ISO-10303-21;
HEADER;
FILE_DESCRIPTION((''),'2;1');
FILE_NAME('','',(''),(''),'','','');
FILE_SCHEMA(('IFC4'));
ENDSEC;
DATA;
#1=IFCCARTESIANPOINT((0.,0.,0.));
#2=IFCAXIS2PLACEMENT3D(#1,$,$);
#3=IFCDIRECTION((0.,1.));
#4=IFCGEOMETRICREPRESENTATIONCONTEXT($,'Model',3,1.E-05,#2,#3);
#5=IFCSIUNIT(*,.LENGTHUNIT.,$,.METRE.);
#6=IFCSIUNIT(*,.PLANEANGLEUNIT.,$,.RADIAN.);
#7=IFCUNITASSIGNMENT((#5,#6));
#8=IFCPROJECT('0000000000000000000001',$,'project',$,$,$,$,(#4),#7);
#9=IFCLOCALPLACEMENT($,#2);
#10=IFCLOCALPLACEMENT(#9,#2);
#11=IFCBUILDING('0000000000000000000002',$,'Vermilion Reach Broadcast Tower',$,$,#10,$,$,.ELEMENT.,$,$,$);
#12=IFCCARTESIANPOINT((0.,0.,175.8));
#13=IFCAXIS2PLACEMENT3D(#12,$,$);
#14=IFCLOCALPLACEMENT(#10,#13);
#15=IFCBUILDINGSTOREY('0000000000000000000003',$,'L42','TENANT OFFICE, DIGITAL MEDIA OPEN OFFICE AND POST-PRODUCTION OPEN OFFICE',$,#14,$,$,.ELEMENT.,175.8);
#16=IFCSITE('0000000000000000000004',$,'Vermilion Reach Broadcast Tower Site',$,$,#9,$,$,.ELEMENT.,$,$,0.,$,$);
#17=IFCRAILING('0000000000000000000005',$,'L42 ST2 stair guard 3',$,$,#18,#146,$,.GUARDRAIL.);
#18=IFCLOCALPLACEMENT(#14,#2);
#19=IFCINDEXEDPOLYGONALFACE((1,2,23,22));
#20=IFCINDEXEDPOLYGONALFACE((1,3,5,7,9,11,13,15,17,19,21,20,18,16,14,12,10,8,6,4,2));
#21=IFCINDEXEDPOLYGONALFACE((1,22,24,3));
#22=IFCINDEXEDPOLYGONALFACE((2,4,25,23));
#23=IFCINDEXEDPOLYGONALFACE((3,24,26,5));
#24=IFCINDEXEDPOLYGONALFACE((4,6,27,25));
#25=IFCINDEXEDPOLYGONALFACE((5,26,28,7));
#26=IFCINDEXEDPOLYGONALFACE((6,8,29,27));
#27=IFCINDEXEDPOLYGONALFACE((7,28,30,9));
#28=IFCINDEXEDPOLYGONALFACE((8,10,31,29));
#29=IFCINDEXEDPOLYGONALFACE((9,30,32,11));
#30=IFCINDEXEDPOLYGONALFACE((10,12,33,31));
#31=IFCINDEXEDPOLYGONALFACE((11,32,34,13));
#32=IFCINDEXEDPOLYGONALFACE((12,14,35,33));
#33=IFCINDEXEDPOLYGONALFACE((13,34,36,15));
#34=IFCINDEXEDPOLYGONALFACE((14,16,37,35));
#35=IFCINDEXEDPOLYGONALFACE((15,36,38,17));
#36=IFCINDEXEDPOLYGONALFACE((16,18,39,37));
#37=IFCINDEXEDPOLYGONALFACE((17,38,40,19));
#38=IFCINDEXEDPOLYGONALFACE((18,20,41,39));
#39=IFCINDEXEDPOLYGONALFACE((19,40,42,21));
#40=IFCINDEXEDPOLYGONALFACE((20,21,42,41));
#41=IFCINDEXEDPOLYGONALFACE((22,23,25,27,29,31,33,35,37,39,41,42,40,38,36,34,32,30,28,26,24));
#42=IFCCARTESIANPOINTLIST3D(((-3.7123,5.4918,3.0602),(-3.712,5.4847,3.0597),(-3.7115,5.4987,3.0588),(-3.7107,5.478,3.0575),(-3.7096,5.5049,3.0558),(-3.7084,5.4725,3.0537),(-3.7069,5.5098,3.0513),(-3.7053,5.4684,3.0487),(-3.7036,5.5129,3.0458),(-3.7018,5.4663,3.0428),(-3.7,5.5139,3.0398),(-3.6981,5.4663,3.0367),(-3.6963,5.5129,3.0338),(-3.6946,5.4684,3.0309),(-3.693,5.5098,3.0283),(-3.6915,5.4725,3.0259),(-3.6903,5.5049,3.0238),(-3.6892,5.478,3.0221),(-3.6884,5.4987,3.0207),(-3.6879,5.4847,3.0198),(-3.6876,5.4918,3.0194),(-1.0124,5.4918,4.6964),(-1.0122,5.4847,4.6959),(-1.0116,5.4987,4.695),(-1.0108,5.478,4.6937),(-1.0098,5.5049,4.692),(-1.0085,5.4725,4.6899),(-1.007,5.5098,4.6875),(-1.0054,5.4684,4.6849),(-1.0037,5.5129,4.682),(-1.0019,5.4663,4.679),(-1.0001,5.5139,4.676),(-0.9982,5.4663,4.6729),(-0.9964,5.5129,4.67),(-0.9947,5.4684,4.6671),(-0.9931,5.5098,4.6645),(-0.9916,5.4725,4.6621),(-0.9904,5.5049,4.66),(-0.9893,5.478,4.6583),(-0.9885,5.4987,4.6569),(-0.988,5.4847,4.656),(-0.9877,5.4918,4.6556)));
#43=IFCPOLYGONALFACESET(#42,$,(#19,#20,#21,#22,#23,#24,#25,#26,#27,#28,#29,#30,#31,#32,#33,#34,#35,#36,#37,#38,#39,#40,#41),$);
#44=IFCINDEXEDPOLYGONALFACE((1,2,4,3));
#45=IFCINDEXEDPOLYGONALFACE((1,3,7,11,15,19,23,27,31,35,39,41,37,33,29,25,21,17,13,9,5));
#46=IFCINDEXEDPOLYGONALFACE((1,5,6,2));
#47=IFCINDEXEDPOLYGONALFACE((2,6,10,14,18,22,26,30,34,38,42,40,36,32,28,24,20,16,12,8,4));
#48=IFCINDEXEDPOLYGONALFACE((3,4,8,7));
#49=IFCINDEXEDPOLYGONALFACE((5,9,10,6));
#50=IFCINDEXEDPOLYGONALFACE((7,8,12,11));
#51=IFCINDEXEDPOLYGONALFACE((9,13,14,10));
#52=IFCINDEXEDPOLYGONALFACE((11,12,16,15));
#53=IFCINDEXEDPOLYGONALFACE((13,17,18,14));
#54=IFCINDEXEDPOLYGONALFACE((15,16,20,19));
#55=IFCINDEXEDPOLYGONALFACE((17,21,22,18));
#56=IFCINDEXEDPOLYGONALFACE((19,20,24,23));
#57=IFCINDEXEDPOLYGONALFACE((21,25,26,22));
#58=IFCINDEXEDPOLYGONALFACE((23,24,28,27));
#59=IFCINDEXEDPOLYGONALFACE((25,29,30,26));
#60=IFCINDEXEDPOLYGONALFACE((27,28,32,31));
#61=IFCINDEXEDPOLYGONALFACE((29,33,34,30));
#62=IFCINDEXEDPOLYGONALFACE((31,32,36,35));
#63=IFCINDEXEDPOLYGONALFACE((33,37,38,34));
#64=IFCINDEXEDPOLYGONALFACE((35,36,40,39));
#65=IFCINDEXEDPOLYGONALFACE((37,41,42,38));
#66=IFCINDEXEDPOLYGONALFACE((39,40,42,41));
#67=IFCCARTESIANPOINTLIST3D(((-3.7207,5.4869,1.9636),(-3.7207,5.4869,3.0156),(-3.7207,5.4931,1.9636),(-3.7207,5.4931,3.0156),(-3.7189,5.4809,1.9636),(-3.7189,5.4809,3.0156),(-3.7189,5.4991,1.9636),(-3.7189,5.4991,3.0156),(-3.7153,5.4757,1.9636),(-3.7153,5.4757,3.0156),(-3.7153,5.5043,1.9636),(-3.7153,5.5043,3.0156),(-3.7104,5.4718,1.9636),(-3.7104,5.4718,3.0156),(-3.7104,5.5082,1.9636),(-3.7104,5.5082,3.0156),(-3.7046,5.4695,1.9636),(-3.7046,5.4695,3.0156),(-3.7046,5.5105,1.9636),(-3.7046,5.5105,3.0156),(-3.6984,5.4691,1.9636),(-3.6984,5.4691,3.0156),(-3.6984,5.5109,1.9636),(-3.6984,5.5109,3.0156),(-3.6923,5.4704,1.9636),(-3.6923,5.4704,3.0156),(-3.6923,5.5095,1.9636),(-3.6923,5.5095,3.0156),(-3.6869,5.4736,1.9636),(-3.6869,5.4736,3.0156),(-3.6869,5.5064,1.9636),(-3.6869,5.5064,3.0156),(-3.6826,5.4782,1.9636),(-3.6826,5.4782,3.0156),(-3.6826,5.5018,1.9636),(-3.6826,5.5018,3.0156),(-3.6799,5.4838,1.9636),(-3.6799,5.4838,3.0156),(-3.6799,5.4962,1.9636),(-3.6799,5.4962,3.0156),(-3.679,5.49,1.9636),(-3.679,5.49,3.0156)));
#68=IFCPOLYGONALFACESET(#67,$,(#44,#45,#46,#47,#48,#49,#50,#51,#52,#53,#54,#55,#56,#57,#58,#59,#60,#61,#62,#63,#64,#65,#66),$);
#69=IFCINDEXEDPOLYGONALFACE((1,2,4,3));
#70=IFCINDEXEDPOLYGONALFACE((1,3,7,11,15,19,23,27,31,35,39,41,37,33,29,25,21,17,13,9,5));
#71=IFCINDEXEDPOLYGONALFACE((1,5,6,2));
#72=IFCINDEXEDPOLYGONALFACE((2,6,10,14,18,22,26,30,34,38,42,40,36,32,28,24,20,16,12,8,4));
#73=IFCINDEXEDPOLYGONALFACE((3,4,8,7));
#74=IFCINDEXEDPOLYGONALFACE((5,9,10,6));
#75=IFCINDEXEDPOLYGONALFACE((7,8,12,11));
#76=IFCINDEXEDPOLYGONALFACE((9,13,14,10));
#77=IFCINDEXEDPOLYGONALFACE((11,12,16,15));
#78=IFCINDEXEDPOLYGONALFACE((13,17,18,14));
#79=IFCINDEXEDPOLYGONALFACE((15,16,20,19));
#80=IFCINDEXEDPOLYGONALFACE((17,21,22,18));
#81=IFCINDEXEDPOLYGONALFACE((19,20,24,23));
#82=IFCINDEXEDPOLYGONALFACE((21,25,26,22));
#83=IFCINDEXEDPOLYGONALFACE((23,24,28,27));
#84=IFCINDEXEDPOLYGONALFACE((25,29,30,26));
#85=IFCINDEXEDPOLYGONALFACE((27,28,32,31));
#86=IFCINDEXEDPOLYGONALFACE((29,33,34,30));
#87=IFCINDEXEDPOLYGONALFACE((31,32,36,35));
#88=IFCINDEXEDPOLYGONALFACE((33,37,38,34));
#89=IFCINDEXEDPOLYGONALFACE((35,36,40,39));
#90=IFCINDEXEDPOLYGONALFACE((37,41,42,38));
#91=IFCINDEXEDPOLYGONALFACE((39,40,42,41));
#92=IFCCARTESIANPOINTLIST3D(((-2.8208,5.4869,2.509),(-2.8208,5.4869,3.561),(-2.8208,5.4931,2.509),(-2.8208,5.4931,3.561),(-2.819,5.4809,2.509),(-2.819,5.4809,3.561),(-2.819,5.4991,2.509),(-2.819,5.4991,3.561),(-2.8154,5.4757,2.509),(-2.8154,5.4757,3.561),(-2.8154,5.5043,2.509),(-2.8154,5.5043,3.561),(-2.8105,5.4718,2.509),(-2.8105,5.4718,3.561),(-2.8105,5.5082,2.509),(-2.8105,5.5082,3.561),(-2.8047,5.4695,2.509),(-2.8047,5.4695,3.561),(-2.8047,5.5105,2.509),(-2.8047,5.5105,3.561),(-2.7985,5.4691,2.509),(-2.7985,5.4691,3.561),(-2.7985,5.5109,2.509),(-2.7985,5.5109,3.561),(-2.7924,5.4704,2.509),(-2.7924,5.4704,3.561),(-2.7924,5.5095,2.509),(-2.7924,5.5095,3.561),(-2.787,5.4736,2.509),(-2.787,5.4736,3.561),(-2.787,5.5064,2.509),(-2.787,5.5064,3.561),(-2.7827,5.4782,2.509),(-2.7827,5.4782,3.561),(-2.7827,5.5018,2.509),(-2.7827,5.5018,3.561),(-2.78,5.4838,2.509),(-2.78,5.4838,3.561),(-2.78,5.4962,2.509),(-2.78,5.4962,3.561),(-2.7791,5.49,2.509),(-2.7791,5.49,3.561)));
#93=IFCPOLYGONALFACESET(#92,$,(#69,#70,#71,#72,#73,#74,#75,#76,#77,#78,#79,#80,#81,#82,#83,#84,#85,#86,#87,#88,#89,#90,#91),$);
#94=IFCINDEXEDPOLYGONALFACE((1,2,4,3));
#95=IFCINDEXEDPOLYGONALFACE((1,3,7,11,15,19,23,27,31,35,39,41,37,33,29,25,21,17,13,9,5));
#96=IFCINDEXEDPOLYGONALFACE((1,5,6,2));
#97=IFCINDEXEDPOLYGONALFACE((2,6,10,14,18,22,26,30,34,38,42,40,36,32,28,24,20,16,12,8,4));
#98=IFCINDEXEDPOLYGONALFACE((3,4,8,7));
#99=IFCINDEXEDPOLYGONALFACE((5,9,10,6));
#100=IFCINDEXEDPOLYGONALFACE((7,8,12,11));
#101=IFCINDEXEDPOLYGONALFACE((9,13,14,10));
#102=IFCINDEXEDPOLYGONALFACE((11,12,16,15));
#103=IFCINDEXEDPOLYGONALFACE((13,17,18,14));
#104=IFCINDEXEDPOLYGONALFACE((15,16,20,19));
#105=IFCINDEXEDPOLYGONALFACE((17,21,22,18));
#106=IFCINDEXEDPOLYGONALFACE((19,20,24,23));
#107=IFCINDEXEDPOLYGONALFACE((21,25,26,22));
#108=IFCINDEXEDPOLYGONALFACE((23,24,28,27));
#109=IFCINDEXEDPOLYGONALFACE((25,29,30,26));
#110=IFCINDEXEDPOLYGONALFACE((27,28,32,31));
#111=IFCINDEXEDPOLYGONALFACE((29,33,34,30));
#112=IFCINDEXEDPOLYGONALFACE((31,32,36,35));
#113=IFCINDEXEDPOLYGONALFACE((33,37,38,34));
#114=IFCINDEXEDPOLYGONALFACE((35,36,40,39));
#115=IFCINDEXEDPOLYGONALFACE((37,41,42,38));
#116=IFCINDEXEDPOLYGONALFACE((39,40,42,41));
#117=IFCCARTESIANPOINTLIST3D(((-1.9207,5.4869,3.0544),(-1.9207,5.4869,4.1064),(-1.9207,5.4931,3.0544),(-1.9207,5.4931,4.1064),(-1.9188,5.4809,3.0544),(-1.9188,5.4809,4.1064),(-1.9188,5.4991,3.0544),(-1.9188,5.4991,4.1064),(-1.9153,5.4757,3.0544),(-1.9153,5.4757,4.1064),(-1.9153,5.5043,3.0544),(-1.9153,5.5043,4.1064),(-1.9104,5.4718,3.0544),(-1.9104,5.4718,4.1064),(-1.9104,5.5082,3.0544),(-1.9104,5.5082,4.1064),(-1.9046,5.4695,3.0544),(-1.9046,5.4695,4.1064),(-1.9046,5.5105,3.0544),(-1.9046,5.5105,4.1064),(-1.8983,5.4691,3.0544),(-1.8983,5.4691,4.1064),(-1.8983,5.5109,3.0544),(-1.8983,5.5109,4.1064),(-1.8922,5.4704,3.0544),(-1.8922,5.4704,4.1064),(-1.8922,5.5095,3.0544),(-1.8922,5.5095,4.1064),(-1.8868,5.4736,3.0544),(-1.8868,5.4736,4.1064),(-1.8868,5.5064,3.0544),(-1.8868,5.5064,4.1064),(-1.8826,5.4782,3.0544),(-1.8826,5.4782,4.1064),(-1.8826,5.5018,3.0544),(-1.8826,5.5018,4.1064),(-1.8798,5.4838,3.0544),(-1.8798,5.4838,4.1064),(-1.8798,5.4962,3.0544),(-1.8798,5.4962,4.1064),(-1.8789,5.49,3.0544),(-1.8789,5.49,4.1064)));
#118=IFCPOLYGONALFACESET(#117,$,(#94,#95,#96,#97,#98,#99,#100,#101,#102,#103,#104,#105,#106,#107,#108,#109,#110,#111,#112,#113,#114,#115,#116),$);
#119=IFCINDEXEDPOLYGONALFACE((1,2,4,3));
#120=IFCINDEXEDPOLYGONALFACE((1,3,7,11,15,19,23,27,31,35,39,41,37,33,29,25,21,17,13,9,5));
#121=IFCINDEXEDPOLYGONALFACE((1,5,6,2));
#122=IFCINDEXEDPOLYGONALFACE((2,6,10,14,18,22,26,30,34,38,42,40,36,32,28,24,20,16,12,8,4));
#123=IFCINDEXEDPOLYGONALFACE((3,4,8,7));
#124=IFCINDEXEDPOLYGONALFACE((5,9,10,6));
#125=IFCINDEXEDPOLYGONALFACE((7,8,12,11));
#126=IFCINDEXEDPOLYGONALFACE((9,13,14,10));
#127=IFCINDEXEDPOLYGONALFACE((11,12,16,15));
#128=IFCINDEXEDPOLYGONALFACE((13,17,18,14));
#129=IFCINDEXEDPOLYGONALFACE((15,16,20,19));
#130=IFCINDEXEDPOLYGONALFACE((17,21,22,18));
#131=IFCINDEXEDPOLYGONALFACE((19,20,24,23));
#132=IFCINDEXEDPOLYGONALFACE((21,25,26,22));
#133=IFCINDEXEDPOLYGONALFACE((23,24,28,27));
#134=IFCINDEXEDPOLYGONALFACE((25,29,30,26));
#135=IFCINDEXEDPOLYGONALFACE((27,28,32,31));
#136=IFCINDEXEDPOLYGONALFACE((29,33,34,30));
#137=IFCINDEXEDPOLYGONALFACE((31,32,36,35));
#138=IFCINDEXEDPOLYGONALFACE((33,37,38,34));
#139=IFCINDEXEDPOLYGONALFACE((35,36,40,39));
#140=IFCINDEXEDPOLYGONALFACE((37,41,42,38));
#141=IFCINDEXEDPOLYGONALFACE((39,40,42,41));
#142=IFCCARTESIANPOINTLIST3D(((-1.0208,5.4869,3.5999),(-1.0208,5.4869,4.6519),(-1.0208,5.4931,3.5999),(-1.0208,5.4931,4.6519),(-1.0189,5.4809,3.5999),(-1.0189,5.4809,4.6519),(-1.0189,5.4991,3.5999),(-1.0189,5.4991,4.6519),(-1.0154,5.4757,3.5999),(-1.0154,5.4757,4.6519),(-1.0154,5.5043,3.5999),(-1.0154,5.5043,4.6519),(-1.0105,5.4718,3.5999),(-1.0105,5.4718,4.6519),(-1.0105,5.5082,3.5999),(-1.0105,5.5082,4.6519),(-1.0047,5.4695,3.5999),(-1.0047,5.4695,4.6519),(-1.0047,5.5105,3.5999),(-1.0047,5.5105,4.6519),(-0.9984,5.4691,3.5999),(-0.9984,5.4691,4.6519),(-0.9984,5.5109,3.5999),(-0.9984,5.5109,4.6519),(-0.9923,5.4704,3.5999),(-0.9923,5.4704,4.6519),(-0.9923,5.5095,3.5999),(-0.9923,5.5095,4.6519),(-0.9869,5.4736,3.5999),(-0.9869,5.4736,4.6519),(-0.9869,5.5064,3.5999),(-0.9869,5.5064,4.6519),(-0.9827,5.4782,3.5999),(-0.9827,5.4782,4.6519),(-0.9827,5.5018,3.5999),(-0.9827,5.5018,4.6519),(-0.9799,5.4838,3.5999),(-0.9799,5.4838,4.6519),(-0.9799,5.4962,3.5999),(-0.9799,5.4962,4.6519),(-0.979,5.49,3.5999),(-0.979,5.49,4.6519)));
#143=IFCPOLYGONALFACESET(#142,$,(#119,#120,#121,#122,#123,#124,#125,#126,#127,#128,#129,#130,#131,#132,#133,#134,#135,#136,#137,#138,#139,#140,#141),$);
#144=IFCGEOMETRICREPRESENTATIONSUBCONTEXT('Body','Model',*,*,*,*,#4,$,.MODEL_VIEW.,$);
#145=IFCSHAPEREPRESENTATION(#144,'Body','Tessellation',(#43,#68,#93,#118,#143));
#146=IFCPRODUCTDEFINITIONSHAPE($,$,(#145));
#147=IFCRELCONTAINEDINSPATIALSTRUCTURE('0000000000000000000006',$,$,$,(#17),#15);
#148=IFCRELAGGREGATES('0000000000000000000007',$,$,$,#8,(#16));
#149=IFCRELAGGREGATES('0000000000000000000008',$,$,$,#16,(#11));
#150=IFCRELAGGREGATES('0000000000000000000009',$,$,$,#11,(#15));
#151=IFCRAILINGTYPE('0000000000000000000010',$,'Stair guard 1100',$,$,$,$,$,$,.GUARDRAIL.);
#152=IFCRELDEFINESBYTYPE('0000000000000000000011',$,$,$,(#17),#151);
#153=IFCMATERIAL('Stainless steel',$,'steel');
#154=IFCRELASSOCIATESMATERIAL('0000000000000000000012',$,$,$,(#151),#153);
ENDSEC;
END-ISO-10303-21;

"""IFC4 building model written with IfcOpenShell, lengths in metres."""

from ifc_helpers import new_model, si_unit, direction, frame, origin, origin_2d, place, context, subcontext, project, spatial, circle, extrude, material, type_object, element, save


model = new_model("IFC4")

# Units and contexts
model_context = context("Model", 3, precision=1e-05, world=origin(), true_north=direction((0.0, 1.0)))
body_context = subcontext(model_context, "Body", "Model", "MODEL_VIEW")
ifc_project = project(units=[si_unit("LENGTHUNIT", "METRE"), si_unit("PLANEANGLEUNIT", "RADIAN")], contexts=[model_context])

# Site, building, storey
site_placement = place(None, origin())
site = spatial("IfcSite", under=ifc_project, at=site_placement, Name="Vermilion Reach Broadcast Tower Site", CompositionType="ELEMENT", RefElevation=0.0)
building_placement = place(site_placement, origin())
building = spatial("IfcBuilding", under=site, at=building_placement, Name="Vermilion Reach Broadcast Tower", CompositionType="ELEMENT")
storey_placement = place(building_placement, frame((0.0, 0.0, 175.8)))
storey = spatial("IfcBuildingStorey", under=building, at=storey_placement, Name="L42", Description="TENANT OFFICE, DIGITAL MEDIA OPEN OFFICE AND POST-PRODUCTION OPEN OFFICE", CompositionType="ELEMENT", Elevation=175.8)

# Railing
ifc_material_1 = material(Name="Stainless steel", Category="steel")
railing_type_1 = type_object("IfcRailingType", Name="Stair guard 1100", PredefinedType="GUARDRAIL", material=ifc_material_1)
railing_1_placement = place(storey_placement, frame((-3.7, 5.49, 1.9636)))
element("IfcRailing", 1, at=railing_1_placement, inside=storey, type_object=railing_type_1, Name="L42 ST2 stair guard 3", PredefinedType="GUARDRAIL", context=body_context, shape_type="SweptSolid", body=[
    extrude(circle(Radius=0.0239, at=origin_2d()), frame((0.0, 0.0, 1.0762), z_axis=(0.855212, 0.0, 0.518278), x_axis=(0.0, 1.0, 0.0)), (0.0, 0.0, 1.0), 3.157),
    extrude(circle(Radius=0.021, at=origin_2d()), origin(), (0.0, 0.0, 1.0), 1.052),
    extrude(circle(Radius=0.021, at=origin_2d()), frame((0.8999, 0.0, 0.5454)), (0.0, 0.0, 1.0), 1.052),
    extrude(circle(Radius=0.021, at=origin_2d()), frame((1.8, 0.0, 1.0908)), (0.0, 0.0, 1.0), 1.052),
    extrude(circle(Radius=0.021, at=origin_2d()), frame((2.7, 0.0, 1.6362)), (0.0, 0.0, 1.0), 1.052),
])

save(model, "model.ifc")
